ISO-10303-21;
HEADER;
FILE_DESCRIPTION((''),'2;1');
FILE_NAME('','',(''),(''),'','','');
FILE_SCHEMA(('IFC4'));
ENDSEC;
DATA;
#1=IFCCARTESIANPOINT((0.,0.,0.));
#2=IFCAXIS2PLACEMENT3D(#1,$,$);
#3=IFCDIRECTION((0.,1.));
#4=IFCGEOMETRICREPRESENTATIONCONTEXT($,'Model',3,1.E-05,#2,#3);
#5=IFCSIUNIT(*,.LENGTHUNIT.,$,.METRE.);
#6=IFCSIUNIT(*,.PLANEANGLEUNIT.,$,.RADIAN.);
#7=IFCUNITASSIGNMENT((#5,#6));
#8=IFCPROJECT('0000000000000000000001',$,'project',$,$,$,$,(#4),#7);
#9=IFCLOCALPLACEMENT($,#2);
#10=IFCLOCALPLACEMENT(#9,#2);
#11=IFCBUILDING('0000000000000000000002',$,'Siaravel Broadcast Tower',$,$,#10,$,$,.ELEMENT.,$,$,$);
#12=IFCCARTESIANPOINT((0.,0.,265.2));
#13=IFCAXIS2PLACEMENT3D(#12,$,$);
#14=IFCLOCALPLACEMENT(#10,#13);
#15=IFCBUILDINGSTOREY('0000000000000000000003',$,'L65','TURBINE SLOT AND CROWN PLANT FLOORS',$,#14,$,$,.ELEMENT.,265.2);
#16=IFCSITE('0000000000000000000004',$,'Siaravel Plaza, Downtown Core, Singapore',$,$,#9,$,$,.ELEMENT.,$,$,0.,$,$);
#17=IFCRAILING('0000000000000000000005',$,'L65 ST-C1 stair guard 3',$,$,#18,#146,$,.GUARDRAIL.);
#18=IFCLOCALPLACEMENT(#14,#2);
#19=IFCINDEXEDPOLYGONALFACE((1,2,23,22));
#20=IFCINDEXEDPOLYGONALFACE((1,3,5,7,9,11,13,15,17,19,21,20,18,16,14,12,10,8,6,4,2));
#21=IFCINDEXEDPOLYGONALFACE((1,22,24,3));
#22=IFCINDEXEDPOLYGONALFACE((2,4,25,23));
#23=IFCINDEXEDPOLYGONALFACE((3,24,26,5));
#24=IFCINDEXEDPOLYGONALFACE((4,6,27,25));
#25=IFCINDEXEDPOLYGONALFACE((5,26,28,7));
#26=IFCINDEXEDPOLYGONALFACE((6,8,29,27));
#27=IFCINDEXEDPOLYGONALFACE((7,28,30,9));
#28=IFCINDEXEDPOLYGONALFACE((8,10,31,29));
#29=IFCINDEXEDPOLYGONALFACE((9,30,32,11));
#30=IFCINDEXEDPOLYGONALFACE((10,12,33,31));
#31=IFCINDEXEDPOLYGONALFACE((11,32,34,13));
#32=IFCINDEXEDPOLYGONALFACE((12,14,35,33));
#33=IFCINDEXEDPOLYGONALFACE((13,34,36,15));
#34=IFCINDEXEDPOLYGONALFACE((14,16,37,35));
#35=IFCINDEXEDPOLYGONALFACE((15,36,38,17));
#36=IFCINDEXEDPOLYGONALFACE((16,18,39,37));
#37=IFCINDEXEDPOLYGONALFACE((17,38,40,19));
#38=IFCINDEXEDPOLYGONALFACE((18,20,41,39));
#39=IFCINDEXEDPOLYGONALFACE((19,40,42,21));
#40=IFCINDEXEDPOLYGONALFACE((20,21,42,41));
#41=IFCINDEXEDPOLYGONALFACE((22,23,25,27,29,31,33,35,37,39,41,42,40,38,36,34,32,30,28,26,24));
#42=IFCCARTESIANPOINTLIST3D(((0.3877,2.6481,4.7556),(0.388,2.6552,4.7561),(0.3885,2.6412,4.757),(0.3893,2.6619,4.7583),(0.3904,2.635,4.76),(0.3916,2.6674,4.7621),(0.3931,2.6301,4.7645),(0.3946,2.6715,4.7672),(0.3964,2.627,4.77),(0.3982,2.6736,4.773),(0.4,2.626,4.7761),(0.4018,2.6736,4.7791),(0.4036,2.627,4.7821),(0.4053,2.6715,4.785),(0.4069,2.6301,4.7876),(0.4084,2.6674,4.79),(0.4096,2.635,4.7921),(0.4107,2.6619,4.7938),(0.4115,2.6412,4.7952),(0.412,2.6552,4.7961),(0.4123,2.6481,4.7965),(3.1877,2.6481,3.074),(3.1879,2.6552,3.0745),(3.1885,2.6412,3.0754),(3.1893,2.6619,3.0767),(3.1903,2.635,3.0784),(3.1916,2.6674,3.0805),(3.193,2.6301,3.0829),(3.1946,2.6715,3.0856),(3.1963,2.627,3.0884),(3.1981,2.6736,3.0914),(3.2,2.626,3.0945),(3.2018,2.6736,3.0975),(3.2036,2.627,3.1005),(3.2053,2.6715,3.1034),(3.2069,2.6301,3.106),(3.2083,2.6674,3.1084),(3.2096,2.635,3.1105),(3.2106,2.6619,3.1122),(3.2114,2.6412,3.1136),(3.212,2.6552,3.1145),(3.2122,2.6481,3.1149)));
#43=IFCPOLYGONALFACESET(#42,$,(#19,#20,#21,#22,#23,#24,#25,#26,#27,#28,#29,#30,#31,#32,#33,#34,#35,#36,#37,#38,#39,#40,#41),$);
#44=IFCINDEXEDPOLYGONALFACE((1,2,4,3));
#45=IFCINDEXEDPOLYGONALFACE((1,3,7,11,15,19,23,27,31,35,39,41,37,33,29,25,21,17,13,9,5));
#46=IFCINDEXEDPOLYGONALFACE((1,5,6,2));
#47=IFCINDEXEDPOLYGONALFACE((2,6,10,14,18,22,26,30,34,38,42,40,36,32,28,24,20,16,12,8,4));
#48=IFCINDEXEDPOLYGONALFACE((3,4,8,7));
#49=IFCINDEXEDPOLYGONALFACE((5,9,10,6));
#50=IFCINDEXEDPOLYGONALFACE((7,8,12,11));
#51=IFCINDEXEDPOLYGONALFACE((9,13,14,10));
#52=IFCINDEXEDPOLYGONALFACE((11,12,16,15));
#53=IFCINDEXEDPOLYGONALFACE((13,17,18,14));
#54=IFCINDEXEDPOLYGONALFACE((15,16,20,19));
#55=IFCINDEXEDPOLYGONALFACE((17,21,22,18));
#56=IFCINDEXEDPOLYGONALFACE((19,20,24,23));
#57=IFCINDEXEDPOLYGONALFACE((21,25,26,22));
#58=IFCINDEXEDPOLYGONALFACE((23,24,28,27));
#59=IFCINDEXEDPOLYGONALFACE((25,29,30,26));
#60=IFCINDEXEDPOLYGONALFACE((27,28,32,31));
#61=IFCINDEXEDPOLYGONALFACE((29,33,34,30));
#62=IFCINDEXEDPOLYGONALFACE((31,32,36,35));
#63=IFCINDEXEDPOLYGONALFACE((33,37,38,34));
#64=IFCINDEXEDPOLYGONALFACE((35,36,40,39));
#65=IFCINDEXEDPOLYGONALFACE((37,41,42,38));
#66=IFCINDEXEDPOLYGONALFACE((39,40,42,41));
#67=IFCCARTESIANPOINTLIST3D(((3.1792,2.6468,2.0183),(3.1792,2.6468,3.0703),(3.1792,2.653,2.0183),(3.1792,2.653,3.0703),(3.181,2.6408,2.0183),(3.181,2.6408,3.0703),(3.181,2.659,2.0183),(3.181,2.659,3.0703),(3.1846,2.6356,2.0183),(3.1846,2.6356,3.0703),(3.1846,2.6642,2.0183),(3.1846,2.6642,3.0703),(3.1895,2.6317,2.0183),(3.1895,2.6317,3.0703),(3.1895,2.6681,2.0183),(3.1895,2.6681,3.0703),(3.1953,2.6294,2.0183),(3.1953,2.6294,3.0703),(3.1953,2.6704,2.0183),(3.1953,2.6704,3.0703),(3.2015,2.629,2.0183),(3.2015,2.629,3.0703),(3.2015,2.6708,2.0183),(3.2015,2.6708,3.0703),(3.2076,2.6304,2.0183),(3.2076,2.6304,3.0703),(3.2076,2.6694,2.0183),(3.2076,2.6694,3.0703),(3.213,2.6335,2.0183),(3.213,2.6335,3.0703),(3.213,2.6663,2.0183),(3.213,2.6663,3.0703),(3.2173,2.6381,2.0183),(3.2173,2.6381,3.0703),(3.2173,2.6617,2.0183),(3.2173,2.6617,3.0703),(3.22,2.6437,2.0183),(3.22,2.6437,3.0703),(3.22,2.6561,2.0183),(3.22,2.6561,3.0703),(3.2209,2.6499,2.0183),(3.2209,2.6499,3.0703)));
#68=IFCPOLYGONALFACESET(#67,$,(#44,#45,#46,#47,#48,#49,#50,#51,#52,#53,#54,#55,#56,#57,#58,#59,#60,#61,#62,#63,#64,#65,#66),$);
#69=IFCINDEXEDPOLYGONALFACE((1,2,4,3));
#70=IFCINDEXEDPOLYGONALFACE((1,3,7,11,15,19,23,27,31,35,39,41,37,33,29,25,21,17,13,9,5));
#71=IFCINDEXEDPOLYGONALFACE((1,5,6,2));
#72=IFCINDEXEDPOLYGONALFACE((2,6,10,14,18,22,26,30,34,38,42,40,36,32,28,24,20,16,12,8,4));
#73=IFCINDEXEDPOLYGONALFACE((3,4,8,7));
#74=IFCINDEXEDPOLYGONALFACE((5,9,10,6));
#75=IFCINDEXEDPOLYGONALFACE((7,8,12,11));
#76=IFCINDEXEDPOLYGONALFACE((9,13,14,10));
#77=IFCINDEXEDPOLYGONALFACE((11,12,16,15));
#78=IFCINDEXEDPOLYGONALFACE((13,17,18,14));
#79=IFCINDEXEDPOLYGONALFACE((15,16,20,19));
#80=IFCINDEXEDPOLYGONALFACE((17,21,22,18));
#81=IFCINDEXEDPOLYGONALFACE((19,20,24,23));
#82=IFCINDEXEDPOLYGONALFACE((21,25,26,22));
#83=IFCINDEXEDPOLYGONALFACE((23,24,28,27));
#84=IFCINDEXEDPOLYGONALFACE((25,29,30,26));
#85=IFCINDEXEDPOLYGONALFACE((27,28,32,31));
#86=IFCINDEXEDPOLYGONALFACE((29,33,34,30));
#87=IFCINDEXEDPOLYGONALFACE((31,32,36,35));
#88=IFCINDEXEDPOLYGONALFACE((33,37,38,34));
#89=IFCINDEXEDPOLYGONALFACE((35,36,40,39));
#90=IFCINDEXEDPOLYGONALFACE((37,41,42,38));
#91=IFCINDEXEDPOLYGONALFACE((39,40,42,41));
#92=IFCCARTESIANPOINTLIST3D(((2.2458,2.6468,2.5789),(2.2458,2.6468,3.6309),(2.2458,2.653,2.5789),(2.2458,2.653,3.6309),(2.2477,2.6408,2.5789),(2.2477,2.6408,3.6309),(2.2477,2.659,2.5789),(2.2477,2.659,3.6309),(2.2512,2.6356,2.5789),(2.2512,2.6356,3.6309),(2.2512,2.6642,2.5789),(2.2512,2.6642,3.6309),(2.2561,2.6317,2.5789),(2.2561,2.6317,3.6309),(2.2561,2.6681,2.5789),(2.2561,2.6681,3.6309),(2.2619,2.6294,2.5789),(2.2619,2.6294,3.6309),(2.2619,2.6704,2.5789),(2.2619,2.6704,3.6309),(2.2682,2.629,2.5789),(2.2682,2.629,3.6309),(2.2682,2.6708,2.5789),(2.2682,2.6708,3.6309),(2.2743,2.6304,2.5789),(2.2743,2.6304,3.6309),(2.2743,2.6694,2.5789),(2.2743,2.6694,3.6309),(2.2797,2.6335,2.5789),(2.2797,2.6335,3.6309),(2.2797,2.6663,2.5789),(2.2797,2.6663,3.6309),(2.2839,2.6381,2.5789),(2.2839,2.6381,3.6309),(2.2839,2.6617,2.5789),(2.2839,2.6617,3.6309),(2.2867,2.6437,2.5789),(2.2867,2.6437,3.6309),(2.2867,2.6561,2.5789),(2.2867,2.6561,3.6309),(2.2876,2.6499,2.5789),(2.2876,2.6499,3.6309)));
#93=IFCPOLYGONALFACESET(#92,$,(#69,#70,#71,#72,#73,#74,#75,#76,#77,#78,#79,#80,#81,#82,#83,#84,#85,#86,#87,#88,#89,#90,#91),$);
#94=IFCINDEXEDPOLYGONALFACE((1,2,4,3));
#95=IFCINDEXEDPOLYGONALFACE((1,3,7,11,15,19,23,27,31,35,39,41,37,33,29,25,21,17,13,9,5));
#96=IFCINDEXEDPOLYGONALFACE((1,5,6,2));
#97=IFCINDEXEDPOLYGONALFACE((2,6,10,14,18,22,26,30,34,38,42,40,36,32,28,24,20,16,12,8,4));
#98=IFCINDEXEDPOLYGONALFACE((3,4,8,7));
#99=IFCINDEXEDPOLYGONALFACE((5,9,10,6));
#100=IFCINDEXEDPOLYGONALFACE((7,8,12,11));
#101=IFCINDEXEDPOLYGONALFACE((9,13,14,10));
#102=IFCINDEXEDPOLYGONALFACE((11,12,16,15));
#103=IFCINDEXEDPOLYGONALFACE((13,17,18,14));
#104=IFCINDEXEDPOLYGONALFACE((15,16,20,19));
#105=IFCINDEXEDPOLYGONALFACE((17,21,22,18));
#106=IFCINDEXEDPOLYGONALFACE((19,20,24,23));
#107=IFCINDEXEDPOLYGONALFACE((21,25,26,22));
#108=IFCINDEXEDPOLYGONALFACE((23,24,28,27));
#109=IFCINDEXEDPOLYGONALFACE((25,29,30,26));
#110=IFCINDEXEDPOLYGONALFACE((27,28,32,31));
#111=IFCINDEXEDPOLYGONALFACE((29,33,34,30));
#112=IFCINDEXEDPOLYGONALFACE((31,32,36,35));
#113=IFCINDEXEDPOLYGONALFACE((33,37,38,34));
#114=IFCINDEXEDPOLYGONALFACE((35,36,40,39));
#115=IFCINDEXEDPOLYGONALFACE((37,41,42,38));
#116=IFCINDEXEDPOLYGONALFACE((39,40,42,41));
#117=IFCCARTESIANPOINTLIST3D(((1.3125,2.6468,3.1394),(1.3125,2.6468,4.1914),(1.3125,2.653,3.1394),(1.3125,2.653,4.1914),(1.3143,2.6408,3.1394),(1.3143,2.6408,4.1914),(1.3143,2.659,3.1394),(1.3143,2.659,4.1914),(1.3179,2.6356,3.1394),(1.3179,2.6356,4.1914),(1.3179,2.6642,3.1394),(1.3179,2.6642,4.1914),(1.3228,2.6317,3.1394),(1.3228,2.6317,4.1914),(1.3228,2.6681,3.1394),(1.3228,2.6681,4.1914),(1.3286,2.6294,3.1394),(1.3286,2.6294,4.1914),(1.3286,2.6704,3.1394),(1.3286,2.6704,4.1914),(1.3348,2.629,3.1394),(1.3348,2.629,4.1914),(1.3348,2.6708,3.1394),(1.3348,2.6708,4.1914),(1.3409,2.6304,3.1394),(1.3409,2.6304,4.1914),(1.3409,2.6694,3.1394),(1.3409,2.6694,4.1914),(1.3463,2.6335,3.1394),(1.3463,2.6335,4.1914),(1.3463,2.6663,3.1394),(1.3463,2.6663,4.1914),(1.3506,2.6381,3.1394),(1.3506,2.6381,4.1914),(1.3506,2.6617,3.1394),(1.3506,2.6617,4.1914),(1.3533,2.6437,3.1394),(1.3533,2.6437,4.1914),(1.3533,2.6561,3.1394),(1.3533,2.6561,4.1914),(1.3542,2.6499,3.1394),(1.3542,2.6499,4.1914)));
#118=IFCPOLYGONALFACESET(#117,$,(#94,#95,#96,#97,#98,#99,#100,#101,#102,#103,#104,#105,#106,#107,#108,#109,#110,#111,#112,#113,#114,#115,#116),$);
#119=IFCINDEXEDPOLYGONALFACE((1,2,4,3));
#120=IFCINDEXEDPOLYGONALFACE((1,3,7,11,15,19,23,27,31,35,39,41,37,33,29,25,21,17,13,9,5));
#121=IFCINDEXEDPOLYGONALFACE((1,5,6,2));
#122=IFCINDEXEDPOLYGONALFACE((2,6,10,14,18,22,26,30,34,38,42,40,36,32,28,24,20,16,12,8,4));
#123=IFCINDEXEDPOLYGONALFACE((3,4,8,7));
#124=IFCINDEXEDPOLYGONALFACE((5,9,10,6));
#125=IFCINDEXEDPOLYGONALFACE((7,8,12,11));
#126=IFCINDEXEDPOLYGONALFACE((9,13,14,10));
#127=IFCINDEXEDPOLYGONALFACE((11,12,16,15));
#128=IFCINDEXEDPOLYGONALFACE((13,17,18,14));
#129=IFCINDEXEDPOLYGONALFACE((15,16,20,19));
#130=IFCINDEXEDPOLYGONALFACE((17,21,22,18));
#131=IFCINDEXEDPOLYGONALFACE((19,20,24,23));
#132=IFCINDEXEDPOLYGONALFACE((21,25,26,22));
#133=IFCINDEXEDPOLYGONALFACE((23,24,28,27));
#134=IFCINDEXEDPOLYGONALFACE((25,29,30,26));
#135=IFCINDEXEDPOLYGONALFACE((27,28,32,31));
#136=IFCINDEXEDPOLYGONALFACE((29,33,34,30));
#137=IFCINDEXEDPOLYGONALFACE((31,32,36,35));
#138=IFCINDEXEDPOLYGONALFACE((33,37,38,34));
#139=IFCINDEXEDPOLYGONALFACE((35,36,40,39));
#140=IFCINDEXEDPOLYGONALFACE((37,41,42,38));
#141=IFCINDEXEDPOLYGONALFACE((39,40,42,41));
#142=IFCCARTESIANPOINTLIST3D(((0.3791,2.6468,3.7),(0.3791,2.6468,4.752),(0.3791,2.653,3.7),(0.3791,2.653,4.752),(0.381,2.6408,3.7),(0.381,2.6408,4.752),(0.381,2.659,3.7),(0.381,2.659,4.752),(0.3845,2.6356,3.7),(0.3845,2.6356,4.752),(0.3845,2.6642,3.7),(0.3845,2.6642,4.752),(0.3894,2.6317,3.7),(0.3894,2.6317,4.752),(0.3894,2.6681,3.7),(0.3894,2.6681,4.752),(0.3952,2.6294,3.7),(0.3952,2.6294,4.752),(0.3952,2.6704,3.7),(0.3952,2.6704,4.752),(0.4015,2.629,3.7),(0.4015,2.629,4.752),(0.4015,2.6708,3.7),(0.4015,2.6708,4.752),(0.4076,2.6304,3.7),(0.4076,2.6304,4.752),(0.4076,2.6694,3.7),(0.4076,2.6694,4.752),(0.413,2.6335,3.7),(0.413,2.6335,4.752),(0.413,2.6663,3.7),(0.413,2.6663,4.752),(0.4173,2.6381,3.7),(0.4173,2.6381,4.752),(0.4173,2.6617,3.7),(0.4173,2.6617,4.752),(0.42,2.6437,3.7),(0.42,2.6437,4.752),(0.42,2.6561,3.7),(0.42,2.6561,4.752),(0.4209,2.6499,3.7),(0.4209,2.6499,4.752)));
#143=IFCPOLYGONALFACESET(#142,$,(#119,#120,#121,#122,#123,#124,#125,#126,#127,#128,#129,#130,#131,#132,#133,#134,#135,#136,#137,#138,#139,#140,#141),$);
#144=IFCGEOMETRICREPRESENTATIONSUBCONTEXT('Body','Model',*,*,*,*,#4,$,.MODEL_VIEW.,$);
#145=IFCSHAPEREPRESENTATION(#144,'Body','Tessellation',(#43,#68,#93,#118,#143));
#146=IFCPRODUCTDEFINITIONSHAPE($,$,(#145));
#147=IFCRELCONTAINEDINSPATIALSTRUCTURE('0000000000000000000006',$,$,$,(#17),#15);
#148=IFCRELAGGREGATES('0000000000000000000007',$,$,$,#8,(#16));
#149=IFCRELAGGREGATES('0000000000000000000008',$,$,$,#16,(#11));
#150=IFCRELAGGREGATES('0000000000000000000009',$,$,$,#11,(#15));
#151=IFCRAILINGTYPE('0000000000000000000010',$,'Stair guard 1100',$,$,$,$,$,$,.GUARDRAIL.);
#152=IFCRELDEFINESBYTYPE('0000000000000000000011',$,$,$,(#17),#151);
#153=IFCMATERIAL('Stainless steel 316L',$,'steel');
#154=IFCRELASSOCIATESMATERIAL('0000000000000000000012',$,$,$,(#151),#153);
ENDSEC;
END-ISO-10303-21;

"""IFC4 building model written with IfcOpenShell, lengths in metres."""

from ifc_helpers import new_model, si_unit, direction, frame, origin, origin_2d, place, context, subcontext, project, spatial, circle, extrude, material, type_object, element, save


model = new_model("IFC4")

# Units and contexts
model_context = context("Model", 3, precision=1e-05, world=origin(), true_north=direction((0.0, 1.0)))
body_context = subcontext(model_context, "Body", "Model", "MODEL_VIEW")
ifc_project = project(units=[si_unit("LENGTHUNIT", "METRE"), si_unit("PLANEANGLEUNIT", "RADIAN")], contexts=[model_context])

# Site, building, storey
site_placement = place(None, origin())
site = spatial("IfcSite", under=ifc_project, at=site_placement, Name="Siaravel Plaza, Downtown Core, Singapore", CompositionType="ELEMENT", RefElevation=0.0)
building_placement = place(site_placement, origin())
building = spatial("IfcBuilding", under=site, at=building_placement, Name="Siaravel Broadcast Tower", CompositionType="ELEMENT")
storey_placement = place(building_placement, frame((0.0, 0.0, 265.2)))
storey = spatial("IfcBuildingStorey", under=building, at=storey_placement, Name="L65", Description="TURBINE SLOT AND CROWN PLANT FLOORS", CompositionType="ELEMENT", Elevation=265.2)

# Railing
ifc_material_1 = material(Name="Stainless steel 316L", Category="steel")
railing_type_1 = type_object("IfcRailingType", Name="Stair guard 1100", PredefinedType="GUARDRAIL", material=ifc_material_1)
railing_1_placement = place(storey_placement, frame((3.2, 2.6499, 2.0183)))
element("IfcRailing", 1, at=railing_1_placement, inside=storey, type_object=railing_type_1, Name="L65 ST-C1 stair guard 3", PredefinedType="GUARDRAIL", context=body_context, shape_type="SweptSolid", body=[
    extrude(circle(Radius=0.0239, at=origin_2d()), frame((0.0, 0.0, 1.0762), z_axis=(-0.857275, 0.0, 0.514858), x_axis=(0.0, -1.0, 0.0)), (0.0, 0.0, 1.0), 3.2661),
    extrude(circle(Radius=0.021, at=origin_2d()), origin(), (0.0, 0.0, 1.0), 1.052),
    extrude(circle(Radius=0.021, at=origin_2d()), frame((-0.9333, 0.0, 0.5605)), (0.0, 0.0, 1.0), 1.052),
    extrude(circle(Radius=0.021, at=origin_2d()), frame((-1.8667, 0.0, 1.1211)), (0.0, 0.0, 1.0), 1.052),
    extrude(circle(Radius=0.021, at=origin_2d()), frame((-2.8, 0.0, 1.6816)), (0.0, 0.0, 1.0), 1.052),
])

save(model, "model.ifc")
